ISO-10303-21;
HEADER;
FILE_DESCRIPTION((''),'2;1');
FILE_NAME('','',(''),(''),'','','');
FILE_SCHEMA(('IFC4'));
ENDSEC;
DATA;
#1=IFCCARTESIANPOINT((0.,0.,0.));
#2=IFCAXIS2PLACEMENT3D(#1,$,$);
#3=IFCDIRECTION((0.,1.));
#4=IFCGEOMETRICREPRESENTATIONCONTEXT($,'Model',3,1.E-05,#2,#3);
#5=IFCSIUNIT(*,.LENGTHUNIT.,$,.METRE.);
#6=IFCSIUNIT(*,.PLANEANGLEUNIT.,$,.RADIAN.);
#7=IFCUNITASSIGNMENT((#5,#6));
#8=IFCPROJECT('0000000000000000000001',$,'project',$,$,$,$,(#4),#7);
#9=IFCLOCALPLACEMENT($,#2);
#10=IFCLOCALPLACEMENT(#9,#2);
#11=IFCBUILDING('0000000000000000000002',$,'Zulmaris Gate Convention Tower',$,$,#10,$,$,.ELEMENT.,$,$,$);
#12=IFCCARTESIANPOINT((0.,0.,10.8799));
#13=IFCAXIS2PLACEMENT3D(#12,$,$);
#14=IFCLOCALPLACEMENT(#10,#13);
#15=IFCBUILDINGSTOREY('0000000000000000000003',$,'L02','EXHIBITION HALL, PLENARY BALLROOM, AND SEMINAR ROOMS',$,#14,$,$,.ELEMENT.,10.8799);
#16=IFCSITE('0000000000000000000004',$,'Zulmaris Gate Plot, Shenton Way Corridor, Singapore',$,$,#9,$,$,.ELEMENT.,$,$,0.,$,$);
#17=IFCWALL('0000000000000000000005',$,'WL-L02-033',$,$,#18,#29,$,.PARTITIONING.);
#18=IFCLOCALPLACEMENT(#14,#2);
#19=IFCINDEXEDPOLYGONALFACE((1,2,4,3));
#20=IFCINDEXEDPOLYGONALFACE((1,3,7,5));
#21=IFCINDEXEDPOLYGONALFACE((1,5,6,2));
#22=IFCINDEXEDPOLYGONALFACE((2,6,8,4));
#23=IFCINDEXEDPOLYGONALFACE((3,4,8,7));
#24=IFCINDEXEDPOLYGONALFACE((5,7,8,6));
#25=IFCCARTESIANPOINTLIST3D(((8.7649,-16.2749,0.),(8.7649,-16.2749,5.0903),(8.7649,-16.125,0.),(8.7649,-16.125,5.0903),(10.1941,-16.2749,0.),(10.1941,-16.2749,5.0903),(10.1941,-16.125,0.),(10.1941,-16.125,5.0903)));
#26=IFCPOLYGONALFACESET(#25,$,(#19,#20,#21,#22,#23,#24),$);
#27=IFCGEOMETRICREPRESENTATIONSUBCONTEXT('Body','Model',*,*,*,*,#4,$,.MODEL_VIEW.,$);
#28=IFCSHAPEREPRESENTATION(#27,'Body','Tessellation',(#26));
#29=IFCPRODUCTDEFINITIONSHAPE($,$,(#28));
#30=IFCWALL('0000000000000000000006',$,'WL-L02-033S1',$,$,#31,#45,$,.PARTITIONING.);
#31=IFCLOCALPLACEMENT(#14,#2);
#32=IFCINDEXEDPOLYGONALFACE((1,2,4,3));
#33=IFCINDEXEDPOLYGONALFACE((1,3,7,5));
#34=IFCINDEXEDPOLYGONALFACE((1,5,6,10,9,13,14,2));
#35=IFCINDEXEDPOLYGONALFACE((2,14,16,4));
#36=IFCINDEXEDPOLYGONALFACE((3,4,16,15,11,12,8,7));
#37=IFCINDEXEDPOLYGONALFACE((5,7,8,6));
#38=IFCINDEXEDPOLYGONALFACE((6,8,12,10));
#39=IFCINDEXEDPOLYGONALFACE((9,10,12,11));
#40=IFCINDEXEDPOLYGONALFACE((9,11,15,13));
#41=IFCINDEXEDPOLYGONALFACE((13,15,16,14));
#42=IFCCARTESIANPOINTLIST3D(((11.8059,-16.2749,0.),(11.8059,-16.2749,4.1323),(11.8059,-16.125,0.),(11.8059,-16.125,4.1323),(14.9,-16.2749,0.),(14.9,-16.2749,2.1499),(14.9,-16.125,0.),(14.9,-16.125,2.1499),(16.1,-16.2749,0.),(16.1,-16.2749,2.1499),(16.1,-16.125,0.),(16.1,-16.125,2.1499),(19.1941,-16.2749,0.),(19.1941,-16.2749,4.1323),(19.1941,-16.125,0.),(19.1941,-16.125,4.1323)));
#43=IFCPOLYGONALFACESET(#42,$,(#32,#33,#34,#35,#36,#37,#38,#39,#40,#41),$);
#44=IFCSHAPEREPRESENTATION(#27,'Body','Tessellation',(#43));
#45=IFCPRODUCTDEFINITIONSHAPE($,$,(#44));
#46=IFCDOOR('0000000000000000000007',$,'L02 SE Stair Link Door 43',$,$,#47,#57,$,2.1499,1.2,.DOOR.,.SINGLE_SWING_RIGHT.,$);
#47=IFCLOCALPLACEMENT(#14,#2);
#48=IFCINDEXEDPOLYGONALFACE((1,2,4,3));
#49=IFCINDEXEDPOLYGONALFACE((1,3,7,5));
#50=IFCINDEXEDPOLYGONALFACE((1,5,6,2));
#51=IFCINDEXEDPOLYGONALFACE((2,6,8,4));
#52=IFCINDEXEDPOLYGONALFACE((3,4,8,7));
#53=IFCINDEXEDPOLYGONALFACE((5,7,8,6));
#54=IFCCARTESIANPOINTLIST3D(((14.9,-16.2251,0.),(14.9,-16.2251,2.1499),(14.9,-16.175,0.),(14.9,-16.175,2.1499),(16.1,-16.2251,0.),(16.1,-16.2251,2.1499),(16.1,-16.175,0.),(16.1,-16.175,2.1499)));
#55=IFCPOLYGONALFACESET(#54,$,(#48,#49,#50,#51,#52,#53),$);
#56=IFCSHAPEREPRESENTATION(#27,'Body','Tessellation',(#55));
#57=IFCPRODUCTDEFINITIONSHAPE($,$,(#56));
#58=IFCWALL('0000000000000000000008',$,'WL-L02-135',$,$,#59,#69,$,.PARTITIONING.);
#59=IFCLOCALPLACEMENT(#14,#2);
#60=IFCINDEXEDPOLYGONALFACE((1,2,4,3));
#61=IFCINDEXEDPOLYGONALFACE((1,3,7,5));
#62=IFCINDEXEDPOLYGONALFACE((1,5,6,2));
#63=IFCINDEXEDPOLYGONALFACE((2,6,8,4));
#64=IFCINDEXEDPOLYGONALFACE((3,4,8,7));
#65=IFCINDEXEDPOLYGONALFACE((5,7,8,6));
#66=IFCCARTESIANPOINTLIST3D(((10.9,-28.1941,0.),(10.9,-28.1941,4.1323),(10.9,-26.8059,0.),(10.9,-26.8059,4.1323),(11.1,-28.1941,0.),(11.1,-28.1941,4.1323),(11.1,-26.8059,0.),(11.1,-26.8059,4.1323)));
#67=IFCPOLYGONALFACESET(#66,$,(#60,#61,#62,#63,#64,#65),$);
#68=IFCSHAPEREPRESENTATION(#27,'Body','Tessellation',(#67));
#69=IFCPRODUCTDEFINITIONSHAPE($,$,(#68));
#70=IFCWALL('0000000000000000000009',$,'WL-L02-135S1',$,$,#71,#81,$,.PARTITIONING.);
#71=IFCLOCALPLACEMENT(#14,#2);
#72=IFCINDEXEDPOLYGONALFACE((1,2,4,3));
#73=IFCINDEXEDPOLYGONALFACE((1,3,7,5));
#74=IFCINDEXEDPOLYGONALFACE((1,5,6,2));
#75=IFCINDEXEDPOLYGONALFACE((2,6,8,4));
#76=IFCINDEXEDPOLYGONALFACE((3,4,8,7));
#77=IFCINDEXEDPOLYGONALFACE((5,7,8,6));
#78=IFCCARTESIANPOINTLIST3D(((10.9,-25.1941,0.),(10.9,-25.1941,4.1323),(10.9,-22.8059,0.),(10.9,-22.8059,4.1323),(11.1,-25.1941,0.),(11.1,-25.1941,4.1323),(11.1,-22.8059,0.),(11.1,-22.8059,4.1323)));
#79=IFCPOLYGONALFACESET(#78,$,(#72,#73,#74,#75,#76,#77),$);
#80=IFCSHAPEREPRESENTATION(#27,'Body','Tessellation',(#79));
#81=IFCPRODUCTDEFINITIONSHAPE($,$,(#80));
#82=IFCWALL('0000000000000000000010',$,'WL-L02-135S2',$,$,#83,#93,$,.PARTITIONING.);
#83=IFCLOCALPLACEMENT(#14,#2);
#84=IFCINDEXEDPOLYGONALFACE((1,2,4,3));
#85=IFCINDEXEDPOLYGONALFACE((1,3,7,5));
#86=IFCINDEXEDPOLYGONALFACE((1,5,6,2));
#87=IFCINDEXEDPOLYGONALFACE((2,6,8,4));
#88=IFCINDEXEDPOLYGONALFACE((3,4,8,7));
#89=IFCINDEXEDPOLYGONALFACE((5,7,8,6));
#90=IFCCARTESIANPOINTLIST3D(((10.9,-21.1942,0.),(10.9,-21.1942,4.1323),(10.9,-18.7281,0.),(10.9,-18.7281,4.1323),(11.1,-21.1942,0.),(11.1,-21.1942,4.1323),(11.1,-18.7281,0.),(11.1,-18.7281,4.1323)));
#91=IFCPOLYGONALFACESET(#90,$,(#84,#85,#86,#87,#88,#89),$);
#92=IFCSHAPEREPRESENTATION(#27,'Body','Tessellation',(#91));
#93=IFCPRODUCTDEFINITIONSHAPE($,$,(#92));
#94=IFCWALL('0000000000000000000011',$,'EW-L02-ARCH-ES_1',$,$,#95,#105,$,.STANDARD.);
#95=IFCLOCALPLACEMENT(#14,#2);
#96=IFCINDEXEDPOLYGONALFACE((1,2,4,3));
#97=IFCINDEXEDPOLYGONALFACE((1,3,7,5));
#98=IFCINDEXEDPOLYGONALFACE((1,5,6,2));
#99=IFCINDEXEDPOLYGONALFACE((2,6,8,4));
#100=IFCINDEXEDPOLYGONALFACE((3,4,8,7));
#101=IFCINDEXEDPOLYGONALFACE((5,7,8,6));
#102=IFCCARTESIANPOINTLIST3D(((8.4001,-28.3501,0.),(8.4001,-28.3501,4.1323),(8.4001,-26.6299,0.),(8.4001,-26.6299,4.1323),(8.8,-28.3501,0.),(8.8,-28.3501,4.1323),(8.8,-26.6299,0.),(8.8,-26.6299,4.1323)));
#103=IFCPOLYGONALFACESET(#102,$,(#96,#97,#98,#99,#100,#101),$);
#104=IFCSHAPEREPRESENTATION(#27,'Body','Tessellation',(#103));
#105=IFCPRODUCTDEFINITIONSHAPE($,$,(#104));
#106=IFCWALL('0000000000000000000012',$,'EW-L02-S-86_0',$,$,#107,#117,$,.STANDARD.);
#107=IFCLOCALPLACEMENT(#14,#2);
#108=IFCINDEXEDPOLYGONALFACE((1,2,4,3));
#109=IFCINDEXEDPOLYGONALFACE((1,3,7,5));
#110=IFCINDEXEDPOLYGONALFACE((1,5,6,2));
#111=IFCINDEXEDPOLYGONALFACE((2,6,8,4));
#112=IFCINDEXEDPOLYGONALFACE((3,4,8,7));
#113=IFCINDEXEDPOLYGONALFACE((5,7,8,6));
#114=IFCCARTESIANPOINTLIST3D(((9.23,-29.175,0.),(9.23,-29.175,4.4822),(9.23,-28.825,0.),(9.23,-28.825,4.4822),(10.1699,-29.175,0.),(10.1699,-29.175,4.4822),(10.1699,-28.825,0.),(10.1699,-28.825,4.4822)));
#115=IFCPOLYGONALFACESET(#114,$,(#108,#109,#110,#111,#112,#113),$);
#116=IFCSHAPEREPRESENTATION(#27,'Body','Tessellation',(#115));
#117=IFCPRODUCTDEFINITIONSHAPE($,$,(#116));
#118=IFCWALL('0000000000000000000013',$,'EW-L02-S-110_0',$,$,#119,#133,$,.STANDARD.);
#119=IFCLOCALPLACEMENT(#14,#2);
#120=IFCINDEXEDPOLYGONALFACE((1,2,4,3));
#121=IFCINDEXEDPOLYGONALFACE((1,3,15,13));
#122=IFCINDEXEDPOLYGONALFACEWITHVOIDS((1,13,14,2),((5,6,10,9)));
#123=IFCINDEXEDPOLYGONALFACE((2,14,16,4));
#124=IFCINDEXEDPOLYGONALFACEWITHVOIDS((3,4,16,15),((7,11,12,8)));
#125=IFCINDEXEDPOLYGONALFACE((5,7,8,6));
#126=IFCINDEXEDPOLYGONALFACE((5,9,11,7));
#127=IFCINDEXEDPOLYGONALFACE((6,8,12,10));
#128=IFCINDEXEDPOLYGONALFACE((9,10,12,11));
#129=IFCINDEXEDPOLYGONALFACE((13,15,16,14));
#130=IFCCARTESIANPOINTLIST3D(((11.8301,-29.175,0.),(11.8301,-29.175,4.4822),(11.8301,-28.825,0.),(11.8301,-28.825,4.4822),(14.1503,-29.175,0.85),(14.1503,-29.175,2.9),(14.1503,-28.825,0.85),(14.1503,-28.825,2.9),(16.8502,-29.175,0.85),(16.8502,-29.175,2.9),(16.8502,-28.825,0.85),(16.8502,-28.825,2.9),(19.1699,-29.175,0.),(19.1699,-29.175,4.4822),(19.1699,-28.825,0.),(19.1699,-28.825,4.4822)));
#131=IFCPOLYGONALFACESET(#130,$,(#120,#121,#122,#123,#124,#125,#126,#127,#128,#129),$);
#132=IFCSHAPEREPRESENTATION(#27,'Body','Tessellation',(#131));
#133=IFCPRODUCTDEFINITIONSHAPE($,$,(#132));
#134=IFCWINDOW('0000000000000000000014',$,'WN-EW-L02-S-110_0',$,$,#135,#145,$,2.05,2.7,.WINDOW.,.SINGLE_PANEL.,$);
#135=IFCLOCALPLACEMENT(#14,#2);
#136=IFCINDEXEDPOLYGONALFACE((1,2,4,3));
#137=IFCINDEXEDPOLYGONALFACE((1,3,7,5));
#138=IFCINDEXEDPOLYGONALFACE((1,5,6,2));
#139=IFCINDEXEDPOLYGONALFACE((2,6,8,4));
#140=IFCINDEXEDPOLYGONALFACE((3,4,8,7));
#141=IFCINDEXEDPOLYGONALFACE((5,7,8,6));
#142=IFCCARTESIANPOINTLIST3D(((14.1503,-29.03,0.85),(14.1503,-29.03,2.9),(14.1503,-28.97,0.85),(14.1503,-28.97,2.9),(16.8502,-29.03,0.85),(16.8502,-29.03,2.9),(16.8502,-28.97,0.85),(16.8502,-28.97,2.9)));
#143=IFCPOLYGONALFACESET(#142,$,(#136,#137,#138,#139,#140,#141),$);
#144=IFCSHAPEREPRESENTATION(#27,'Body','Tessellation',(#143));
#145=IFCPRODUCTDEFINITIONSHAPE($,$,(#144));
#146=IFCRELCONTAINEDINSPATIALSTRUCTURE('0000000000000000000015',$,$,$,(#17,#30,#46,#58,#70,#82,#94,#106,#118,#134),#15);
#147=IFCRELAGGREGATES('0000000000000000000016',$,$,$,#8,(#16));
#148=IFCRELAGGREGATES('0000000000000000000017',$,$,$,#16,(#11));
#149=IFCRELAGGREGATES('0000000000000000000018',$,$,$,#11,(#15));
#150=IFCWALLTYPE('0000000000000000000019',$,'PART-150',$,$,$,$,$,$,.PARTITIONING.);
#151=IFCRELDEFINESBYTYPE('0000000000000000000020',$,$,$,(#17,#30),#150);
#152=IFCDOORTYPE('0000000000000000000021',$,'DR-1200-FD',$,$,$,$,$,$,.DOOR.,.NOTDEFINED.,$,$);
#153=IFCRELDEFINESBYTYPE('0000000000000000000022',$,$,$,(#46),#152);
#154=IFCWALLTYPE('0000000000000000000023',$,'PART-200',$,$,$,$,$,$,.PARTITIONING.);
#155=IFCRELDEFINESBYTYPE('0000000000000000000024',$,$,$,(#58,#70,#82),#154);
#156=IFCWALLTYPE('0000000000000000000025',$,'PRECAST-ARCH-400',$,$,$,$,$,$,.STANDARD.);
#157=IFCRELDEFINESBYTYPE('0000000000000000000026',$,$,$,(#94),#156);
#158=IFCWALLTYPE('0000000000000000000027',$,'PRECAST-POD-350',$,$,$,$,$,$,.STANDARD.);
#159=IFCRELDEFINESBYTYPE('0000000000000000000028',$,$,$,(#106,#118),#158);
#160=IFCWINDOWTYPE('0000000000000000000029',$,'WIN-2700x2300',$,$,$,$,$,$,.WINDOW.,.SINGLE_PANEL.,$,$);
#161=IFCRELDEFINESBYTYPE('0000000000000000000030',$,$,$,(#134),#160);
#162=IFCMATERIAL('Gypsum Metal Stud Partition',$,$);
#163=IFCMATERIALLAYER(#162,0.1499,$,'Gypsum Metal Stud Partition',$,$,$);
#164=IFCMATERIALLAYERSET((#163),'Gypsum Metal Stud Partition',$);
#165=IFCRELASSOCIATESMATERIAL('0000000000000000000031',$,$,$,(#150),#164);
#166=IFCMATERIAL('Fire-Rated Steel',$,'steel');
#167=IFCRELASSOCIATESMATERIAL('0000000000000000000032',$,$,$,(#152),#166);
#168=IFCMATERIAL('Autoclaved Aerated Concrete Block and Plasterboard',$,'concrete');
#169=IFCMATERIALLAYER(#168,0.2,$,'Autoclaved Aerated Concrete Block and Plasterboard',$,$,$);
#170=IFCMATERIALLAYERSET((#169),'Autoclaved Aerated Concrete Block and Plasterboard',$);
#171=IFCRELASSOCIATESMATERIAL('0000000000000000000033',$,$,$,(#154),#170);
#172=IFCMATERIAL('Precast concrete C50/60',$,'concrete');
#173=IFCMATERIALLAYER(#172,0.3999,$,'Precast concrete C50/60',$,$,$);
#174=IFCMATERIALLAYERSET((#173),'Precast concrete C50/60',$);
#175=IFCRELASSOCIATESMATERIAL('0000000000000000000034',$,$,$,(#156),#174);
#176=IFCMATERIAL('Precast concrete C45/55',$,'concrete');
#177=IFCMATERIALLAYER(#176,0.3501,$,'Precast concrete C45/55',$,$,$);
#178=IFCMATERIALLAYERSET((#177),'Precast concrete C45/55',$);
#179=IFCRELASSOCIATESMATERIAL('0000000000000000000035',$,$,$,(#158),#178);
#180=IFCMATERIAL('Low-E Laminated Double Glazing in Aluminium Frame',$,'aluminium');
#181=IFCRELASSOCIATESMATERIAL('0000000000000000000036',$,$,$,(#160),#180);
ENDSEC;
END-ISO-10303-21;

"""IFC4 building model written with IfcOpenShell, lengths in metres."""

from ifc_helpers import new_model, si_unit, direction, frame, frame_2d, origin, place, context, subcontext, project, spatial, rectangle, extrude, material, layer, layer_set, type_object, element, fill, save


model = new_model("IFC4")

# Units and contexts
model_context = context("Model", 3, precision=1e-05, world=origin(), true_north=direction((0.0, 1.0)))
body_context = subcontext(model_context, "Body", "Model", "MODEL_VIEW")
ifc_project = project(units=[si_unit("LENGTHUNIT", "METRE"), si_unit("PLANEANGLEUNIT", "RADIAN")], contexts=[model_context])

# Site, building, storey
site_placement = place(None, origin())
site = spatial("IfcSite", under=ifc_project, at=site_placement, Name="Zulmaris Gate Plot, Shenton Way Corridor, Singapore", CompositionType="ELEMENT", RefElevation=0.0)
building_placement = place(site_placement, origin())
building = spatial("IfcBuilding", under=site, at=building_placement, Name="Zulmaris Gate Convention Tower", CompositionType="ELEMENT")
storey_placement = place(building_placement, frame((0.0, 0.0, 10.8799)))
storey = spatial("IfcBuildingStorey", under=building, at=storey_placement, Name="L02", Description="EXHIBITION HALL, PLENARY BALLROOM, AND SEMINAR ROOMS", CompositionType="ELEMENT", Elevation=10.8799)

# Shared definitions
ifc_material_1 = material(Name="Precast concrete C50/60", Category="concrete")

# Shared definitions
ifc_material_2 = material(Name="Gypsum Metal Stud Partition")
ifc_layer_1 = layer(ifc_material_2, 0.1499, Name="Gypsum Metal Stud Partition")
ifc_layer_set_1 = layer_set([ifc_layer_1], Name="Gypsum Metal Stud Partition")
wall_type_1 = type_object("IfcWallType", Name="PART-150", PredefinedType="PARTITIONING", material=ifc_layer_set_1)
ifc_material_3 = material(Name="Fire-Rated Steel", Category="steel")
door_type_1 = type_object("IfcDoorType", Name="DR-1200-FD", OperationType="NOTDEFINED", PredefinedType="DOOR", material=ifc_material_3)

# Wall
wall_1_placement = place(storey_placement, frame((8.7649, -16.2, 0.0), z_axis=(0.0, 0.0, 1.0), x_axis=(1.0, 0.0, 0.0)))
element("IfcWall", 1, at=wall_1_placement, inside=storey, type_object=wall_type_1, Name="WL-L02-033", PredefinedType="PARTITIONING", context=body_context, shape_type="SweptSolid", body=[
    extrude(rectangle(XDim=1.4292, YDim=0.1499, at=frame_2d((0.7146, 0.0))), origin(), (0.0, 0.0, 1.0), 5.0903),
])

# Wall, opening, door
wall_2_placement = place(storey_placement, frame((11.8059, -16.2, 0.0), z_axis=(0.0, 0.0, 1.0), x_axis=(1.0, 0.0, 0.0)))
wall_2 = element("IfcWall", 2, at=wall_2_placement, inside=storey, type_object=wall_type_1, Name="WL-L02-033S1", PredefinedType="PARTITIONING", context=body_context, shape_type="SweptSolid", body=[
    extrude(rectangle(XDim=7.3882, YDim=0.1499, at=frame_2d((3.6941, 0.0))), origin(), (0.0, 0.0, 1.0), 4.1323),
])
opening_1_placement = place(wall_2_placement, frame((3.094, 0.0, 0.0)))
opening_1 = element("IfcOpeningElement", 3, at=opening_1_placement, cuts=wall_2, PredefinedType="OPENING", context=body_context, shape_type="SweptSolid", body=[
    extrude(rectangle(XDim=1.2, YDim=2.1499, at=frame_2d((0.6001, 1.075))), frame((0.0, 0.085, 0.0), z_axis=(0.0, -1.0, 0.0), x_axis=(1.0, 0.0, 0.0)), (0.0, 0.0, 1.0), 0.1699),
])
door_1_placement = place(opening_1_placement, origin())
door_1 = element("IfcDoor", 4, at=door_1_placement, inside=storey, type_object=door_type_1, Name="L02 SE Stair Link Door 43", OperationType="SINGLE_SWING_RIGHT", OverallHeight=2.1499, OverallWidth=1.2, PredefinedType="DOOR", context=body_context, shape_type="SweptSolid", body=[
    extrude(rectangle(XDim=1.2, YDim=2.1499, at=frame_2d((0.6001, 1.075))), frame((0.0, 0.0249, 0.0), z_axis=(0.0, -1.0, 0.0), x_axis=(1.0, 0.0, 0.0)), (0.0, 0.0, 1.0), 0.05),
])
fill(opening_1, door_1)

# Walls
ifc_material_4 = material(Name="Autoclaved Aerated Concrete Block and Plasterboard", Category="concrete")
ifc_layer_2 = layer(ifc_material_4, 0.2, Name="Autoclaved Aerated Concrete Block and Plasterboard")
ifc_layer_set_2 = layer_set([ifc_layer_2], Name="Autoclaved Aerated Concrete Block and Plasterboard")
wall_type_2 = type_object("IfcWallType", Name="PART-200", PredefinedType="PARTITIONING", material=ifc_layer_set_2)
wall_3_placement = place(storey_placement, frame((11.0, -28.1941, 0.0), z_axis=(0.0, 0.0, 1.0), x_axis=(0.0, 1.0, 0.0)))
element("IfcWall", 5, at=wall_3_placement, inside=storey, type_object=wall_type_2, Name="WL-L02-135", PredefinedType="PARTITIONING", context=body_context, shape_type="SweptSolid", body=[
    extrude(rectangle(XDim=1.3882, YDim=0.2, at=frame_2d((0.6941, 0.0))), origin(), (0.0, 0.0, 1.0), 4.1323),
])
wall_4_placement = place(storey_placement, frame((11.0, -25.1941, 0.0), z_axis=(0.0, 0.0, 1.0), x_axis=(0.0, 1.0, 0.0)))
element("IfcWall", 6, at=wall_4_placement, inside=storey, type_object=wall_type_2, Name="WL-L02-135S1", PredefinedType="PARTITIONING", context=body_context, shape_type="SweptSolid", body=[
    extrude(rectangle(XDim=2.3882, YDim=0.2, at=frame_2d((1.1941, 0.0))), origin(), (0.0, 0.0, 1.0), 4.1323),
])
wall_5_placement = place(storey_placement, frame((11.0, -21.1941, 0.0), z_axis=(0.0, 0.0, 1.0), x_axis=(0.0, 1.0, 0.0)))
element("IfcWall", 7, at=wall_5_placement, inside=storey, type_object=wall_type_2, Name="WL-L02-135S2", PredefinedType="PARTITIONING", context=body_context, shape_type="SweptSolid", body=[
    extrude(rectangle(XDim=2.4661, YDim=0.2, at=frame_2d((1.2329, 0.0))), origin(), (0.0, 0.0, 1.0), 4.1323),
])
ifc_layer_3 = layer(ifc_material_1, 0.3999, Name="Precast concrete C50/60")
ifc_layer_set_3 = layer_set([ifc_layer_3], Name="Precast concrete C50/60")
wall_type_3 = type_object("IfcWallType", Name="PRECAST-ARCH-400", PredefinedType="STANDARD", material=ifc_layer_set_3)
wall_6_placement = place(storey_placement, frame((8.6001, -26.6299, 0.0), z_axis=(0.0, 0.0, 1.0), x_axis=(0.0, -1.0, 0.0)))
element("IfcWall", 8, at=wall_6_placement, inside=storey, type_object=wall_type_3, Name="EW-L02-ARCH-ES_1", PredefinedType="STANDARD", context=body_context, shape_type="SweptSolid", body=[
    extrude(rectangle(XDim=1.7202, YDim=0.3999, at=frame_2d((0.8601, 0.0))), origin(), (0.0, 0.0, 1.0), 4.1323),
])
ifc_material_5 = material(Name="Precast concrete C45/55", Category="concrete")
ifc_layer_4 = layer(ifc_material_5, 0.3501, Name="Precast concrete C45/55")
ifc_layer_set_4 = layer_set([ifc_layer_4], Name="Precast concrete C45/55")
wall_type_4 = type_object("IfcWallType", Name="PRECAST-POD-350", PredefinedType="STANDARD", material=ifc_layer_set_4)
wall_7_placement = place(storey_placement, frame((9.23, -29.0, 0.0), z_axis=(0.0, 0.0, 1.0), x_axis=(1.0, 0.0, 0.0)))
element("IfcWall", 9, at=wall_7_placement, inside=storey, type_object=wall_type_4, Name="EW-L02-S-86_0", PredefinedType="STANDARD", context=body_context, shape_type="SweptSolid", body=[
    extrude(rectangle(XDim=0.9399, YDim=0.3501, at=frame_2d((0.47, 0.0))), origin(), (0.0, 0.0, 1.0), 4.4822),
])

# Wall, opening, window
wall_8_placement = place(storey_placement, frame((11.8301, -29.0, 0.0), z_axis=(0.0, 0.0, 1.0), x_axis=(1.0, 0.0, 0.0)))
wall_8 = element("IfcWall", 10, at=wall_8_placement, inside=storey, type_object=wall_type_4, Name="EW-L02-S-110_0", PredefinedType="STANDARD", context=body_context, shape_type="SweptSolid", body=[
    extrude(rectangle(XDim=7.3398, YDim=0.3501, at=frame_2d((3.6699, 0.0))), origin(), (0.0, 0.0, 1.0), 4.4822),
])
opening_2_placement = place(wall_8_placement, frame((2.3201, 0.0, 0.8501)))
opening_2 = element("IfcOpeningElement", 11, at=opening_2_placement, cuts=wall_8, PredefinedType="OPENING", context=body_context, shape_type="SweptSolid", body=[
    extrude(rectangle(XDim=2.7, YDim=2.05, at=frame_2d((1.3501, 1.0249))), frame((0.0, 0.1851, 0.0), z_axis=(0.0, -1.0, 0.0), x_axis=(1.0, 0.0, 0.0)), (0.0, 0.0, 1.0), 0.3701),
])
ifc_material_6 = material(Name="Low-E Laminated Double Glazing in Aluminium Frame", Category="aluminium")
window_type = type_object("IfcWindowType", Name="WIN-2700x2300", PartitioningType="SINGLE_PANEL", PredefinedType="WINDOW", material=ifc_material_6)
window_placement = place(opening_2_placement, origin())
window = element("IfcWindow", 12, at=window_placement, inside=storey, type_object=window_type, Name="WN-EW-L02-S-110_0", OverallHeight=2.05, OverallWidth=2.7, PartitioningType="SINGLE_PANEL", PredefinedType="WINDOW", context=body_context, shape_type="SweptSolid", body=[
    extrude(rectangle(XDim=2.7, YDim=2.05, at=frame_2d((1.3501, 1.0249))), frame((0.0, 0.03, 0.0), z_axis=(0.0, -1.0, 0.0), x_axis=(1.0, 0.0, 0.0)), (0.0, 0.0, 1.0), 0.0601),
])
fill(opening_2, window)

save(model, "model.ifc")
